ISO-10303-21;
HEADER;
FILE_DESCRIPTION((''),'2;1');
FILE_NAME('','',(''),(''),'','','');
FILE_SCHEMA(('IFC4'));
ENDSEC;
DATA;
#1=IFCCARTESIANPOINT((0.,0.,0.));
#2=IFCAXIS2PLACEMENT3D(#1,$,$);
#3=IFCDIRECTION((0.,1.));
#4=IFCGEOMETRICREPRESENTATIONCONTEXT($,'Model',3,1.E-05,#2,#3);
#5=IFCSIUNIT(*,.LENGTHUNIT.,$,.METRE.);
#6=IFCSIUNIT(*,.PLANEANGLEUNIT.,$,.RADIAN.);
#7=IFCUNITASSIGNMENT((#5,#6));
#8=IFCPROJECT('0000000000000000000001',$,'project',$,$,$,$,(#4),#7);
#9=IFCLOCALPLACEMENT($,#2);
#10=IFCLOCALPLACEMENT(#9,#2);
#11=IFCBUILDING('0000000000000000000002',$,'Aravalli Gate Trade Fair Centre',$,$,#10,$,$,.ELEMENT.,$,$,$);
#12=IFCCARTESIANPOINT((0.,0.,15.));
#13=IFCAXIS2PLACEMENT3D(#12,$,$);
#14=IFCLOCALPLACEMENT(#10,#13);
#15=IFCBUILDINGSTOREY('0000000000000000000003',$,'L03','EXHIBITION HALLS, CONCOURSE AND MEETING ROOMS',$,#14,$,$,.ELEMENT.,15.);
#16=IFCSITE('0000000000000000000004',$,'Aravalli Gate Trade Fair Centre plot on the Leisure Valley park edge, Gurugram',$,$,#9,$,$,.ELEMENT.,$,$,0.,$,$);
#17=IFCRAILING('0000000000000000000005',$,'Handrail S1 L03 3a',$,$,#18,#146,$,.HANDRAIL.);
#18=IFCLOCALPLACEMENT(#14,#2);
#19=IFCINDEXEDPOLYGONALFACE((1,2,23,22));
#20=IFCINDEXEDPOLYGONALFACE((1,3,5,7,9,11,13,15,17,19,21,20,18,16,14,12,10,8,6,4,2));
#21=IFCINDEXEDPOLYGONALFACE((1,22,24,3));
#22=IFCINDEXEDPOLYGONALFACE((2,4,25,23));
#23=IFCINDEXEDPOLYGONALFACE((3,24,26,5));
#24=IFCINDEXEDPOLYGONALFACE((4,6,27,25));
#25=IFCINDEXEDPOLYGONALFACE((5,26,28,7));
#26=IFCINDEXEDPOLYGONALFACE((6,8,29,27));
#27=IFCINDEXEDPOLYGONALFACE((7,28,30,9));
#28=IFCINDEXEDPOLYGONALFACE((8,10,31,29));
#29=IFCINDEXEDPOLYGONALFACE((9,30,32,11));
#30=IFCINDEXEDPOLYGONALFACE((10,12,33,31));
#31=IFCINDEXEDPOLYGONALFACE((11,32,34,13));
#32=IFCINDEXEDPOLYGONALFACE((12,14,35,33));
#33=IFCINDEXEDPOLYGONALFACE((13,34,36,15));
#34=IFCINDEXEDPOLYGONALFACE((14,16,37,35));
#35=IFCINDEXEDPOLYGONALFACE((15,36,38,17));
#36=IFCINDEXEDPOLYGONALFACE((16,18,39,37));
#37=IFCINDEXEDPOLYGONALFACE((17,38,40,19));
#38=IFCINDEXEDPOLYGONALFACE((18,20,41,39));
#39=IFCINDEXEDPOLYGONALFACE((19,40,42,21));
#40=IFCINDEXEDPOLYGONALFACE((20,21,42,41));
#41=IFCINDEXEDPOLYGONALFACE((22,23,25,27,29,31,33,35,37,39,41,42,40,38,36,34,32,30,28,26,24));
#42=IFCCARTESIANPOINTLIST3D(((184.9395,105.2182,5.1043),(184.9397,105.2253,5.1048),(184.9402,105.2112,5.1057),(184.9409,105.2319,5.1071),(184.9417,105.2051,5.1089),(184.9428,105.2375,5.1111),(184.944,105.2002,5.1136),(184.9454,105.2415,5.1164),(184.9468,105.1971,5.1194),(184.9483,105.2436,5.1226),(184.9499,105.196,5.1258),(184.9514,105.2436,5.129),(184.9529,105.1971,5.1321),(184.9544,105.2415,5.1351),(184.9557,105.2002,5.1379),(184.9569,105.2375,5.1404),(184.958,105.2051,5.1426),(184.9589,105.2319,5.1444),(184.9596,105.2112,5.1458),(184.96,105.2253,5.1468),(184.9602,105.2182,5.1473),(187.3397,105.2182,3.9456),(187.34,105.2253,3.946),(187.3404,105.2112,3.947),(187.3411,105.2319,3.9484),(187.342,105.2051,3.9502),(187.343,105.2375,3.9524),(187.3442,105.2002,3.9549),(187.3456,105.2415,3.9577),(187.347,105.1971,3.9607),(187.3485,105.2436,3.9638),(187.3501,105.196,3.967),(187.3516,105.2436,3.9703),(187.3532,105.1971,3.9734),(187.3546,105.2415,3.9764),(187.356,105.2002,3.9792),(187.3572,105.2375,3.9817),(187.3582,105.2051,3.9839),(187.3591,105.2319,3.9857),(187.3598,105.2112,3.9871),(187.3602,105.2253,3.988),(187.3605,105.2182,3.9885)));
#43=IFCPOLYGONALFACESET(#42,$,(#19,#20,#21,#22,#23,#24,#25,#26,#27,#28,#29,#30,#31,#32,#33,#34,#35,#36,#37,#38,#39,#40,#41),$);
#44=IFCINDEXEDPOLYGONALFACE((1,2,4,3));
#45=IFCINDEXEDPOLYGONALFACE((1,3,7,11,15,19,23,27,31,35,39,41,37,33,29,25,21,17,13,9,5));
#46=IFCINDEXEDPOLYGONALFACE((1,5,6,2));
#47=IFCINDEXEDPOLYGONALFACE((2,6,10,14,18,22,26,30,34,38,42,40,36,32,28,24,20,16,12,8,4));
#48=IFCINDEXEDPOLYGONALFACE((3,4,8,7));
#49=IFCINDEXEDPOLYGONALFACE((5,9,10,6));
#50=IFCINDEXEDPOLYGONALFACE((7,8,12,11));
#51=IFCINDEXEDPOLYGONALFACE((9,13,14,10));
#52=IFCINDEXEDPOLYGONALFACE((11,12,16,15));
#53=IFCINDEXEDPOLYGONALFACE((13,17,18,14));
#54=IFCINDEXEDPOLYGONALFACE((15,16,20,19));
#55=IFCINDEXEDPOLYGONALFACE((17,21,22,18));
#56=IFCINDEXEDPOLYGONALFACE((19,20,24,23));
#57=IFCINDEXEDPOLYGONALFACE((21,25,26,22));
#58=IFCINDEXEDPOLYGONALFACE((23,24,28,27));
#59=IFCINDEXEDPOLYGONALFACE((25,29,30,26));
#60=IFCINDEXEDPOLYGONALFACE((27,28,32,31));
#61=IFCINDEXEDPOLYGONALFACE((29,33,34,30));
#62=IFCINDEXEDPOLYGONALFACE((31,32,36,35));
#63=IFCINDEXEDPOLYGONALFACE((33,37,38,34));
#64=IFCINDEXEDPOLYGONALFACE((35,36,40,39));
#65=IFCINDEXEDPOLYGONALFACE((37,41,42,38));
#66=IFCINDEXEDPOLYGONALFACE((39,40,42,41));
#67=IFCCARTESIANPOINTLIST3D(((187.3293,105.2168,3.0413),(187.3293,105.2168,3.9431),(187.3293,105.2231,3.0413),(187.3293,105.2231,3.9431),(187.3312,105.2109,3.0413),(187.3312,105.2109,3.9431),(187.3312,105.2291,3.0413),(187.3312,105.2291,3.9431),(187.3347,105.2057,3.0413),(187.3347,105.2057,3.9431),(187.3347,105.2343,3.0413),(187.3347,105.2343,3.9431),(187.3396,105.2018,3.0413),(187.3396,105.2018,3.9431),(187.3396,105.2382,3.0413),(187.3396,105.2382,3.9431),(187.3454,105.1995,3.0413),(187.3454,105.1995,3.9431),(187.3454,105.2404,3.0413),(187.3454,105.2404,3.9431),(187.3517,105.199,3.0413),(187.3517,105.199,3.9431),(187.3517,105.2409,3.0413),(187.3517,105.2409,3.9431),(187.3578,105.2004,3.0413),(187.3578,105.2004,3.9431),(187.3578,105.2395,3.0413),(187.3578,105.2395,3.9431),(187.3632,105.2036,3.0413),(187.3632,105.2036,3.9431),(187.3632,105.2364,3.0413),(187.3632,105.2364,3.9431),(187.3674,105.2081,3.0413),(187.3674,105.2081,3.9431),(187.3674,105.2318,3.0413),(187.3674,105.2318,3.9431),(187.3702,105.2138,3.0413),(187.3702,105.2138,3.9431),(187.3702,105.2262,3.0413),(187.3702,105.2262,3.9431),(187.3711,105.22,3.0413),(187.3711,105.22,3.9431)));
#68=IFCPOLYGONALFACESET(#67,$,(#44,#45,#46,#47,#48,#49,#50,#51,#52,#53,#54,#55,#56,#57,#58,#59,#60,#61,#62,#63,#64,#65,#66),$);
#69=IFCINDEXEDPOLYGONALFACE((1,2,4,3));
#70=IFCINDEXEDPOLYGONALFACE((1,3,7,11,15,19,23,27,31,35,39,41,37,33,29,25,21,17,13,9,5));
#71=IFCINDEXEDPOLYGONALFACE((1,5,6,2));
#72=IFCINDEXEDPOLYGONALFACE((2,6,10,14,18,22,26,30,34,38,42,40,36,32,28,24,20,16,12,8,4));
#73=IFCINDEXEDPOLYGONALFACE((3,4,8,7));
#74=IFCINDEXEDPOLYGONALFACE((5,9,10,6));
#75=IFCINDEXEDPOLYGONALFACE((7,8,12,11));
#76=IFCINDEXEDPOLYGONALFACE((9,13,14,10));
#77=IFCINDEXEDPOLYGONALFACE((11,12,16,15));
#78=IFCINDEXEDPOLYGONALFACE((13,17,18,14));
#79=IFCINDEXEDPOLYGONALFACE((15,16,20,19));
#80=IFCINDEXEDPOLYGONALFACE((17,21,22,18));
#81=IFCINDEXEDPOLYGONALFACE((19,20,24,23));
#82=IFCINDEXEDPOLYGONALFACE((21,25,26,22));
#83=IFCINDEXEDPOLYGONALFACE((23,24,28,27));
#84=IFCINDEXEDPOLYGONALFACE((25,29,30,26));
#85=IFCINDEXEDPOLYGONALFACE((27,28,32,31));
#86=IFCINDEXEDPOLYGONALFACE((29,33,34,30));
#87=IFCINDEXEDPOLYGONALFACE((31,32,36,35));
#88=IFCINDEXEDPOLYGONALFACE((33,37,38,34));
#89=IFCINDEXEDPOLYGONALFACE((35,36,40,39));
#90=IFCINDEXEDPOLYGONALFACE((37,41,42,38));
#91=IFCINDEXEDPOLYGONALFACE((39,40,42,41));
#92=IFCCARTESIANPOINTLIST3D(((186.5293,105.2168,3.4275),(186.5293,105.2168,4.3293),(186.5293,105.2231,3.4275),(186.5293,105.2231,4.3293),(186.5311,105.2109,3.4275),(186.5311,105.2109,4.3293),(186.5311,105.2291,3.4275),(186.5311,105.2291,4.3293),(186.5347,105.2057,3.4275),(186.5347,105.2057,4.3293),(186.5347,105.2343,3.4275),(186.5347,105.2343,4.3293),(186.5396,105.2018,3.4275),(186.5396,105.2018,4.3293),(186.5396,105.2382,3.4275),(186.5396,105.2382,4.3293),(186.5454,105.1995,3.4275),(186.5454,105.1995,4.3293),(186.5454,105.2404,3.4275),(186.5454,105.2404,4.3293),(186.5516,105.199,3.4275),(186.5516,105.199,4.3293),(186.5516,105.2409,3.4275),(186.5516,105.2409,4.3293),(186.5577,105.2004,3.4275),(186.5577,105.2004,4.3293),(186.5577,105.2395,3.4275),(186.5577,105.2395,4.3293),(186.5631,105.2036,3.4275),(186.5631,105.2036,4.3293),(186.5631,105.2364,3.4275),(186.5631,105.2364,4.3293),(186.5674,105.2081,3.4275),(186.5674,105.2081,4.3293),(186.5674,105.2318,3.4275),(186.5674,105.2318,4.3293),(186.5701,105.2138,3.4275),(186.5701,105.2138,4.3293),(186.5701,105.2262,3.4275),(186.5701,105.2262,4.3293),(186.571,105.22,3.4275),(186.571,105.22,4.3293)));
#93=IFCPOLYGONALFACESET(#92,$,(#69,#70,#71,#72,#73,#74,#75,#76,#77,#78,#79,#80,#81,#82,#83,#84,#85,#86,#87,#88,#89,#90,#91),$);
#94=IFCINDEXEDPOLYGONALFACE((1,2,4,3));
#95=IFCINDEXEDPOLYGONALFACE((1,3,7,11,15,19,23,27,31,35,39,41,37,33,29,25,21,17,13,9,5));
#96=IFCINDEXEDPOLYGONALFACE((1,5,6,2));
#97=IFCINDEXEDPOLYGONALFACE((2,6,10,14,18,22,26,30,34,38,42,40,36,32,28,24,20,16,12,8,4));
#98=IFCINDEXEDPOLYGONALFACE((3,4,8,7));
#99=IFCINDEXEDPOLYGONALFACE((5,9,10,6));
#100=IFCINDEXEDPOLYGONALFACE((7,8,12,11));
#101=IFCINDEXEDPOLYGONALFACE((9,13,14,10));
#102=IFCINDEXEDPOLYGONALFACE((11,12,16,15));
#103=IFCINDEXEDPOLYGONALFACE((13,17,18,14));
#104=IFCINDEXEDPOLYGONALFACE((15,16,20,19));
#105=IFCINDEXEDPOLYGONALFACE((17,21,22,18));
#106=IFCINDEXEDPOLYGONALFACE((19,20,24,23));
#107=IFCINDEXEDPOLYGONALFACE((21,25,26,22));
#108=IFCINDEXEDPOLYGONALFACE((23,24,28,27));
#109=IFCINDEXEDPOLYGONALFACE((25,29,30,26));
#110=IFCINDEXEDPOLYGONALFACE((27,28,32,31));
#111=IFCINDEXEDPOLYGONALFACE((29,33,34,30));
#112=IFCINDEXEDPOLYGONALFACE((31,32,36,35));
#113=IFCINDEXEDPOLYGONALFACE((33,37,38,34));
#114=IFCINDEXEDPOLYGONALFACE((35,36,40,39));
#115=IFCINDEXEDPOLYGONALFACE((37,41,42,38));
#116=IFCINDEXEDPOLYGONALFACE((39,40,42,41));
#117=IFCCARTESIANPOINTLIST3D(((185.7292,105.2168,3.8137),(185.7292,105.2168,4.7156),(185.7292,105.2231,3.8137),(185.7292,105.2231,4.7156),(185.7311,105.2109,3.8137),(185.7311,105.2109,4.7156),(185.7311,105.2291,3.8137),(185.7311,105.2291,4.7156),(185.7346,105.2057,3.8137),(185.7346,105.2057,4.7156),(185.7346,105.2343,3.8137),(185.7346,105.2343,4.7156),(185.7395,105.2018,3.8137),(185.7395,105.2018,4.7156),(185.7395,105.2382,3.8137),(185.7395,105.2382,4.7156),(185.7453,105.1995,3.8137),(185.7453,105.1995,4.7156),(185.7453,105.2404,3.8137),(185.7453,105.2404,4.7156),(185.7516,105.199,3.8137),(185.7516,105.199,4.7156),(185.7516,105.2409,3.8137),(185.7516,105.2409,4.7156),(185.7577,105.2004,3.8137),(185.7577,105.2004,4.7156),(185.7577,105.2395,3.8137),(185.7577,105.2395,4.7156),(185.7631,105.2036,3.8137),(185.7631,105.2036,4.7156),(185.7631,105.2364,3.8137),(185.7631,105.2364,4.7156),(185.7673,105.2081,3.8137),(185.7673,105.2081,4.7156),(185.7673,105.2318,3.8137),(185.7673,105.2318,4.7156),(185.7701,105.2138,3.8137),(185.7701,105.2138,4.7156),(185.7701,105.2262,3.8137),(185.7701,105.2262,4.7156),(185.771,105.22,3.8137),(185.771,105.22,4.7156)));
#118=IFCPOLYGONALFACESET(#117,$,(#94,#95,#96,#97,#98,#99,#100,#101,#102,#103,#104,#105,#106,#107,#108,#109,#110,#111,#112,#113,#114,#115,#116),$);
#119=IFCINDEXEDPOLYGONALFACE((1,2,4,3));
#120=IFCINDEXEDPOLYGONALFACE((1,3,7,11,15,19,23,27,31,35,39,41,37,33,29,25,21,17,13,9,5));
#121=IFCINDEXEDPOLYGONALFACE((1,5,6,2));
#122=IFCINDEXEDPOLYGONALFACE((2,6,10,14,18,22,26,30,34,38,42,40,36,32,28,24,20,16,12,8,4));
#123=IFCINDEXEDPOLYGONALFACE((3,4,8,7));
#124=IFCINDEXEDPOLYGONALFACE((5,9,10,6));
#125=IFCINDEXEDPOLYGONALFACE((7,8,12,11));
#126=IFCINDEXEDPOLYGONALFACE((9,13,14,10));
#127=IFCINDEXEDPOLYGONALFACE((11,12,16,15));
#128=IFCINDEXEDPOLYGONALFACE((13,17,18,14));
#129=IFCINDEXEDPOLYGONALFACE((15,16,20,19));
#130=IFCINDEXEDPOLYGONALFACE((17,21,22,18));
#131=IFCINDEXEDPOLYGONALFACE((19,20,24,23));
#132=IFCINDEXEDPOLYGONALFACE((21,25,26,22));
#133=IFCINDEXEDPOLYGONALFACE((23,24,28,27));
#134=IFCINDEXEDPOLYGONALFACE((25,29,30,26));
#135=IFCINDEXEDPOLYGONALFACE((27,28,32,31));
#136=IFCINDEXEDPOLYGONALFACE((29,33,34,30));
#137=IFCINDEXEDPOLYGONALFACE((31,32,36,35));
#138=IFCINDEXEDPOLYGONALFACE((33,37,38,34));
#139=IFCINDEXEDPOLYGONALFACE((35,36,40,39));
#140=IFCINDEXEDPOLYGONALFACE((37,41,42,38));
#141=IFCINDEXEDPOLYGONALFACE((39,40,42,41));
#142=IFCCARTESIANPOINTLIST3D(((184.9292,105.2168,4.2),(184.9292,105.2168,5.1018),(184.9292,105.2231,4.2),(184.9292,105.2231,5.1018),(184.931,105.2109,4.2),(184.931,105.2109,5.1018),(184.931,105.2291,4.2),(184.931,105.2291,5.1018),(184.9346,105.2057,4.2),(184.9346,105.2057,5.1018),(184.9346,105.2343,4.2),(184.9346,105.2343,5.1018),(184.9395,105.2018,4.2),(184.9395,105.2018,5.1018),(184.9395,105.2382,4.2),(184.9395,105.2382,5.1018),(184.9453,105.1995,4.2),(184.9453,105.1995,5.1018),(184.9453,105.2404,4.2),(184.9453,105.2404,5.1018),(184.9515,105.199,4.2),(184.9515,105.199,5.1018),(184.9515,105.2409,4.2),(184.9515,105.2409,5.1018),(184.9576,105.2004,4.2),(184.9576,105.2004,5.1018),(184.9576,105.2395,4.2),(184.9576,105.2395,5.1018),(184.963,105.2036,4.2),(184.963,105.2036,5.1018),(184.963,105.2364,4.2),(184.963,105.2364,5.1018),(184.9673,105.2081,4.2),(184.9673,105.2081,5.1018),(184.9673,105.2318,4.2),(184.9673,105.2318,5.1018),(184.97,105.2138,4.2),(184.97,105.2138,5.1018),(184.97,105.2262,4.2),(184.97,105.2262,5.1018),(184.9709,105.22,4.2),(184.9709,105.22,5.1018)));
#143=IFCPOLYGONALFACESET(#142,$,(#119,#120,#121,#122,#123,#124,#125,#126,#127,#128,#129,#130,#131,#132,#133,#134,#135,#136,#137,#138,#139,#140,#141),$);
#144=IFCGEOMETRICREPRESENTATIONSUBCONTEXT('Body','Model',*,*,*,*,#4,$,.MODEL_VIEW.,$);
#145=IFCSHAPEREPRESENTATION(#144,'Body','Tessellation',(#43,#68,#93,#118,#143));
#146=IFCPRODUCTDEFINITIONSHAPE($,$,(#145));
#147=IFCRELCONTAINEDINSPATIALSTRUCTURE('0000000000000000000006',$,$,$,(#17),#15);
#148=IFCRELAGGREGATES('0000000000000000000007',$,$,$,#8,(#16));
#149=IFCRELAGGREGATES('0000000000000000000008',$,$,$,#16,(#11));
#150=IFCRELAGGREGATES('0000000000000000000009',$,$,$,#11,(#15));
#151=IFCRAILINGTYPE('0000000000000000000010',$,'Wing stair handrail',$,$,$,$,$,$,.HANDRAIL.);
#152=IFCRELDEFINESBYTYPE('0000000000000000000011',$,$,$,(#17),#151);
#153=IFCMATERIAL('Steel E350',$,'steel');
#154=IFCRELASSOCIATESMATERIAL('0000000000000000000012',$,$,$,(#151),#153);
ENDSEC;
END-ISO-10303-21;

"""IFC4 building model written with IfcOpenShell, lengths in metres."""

from ifc_helpers import new_model, si_unit, direction, frame, origin, origin_2d, place, context, subcontext, project, spatial, circle, extrude, material, type_object, element, save


model = new_model("IFC4")

# Units and contexts
model_context = context("Model", 3, precision=1e-05, world=origin(), true_north=direction((0.0, 1.0)))
body_context = subcontext(model_context, "Body", "Model", "MODEL_VIEW")
ifc_project = project(units=[si_unit("LENGTHUNIT", "METRE"), si_unit("PLANEANGLEUNIT", "RADIAN")], contexts=[model_context])

# Site, building, storey
site_placement = place(None, origin())
site = spatial("IfcSite", under=ifc_project, at=site_placement, Name="Aravalli Gate Trade Fair Centre plot on the Leisure Valley park edge, Gurugram", CompositionType="ELEMENT", RefElevation=0.0)
building_placement = place(site_placement, origin())
building = spatial("IfcBuilding", under=site, at=building_placement, Name="Aravalli Gate Trade Fair Centre", CompositionType="ELEMENT")
storey_placement = place(building_placement, frame((0.0, 0.0, 15.0)))
storey = spatial("IfcBuildingStorey", under=building, at=storey_placement, Name="L03", Description="EXHIBITION HALLS, CONCOURSE AND MEETING ROOMS", CompositionType="ELEMENT", Elevation=15.0)

# Railing
ifc_material_1 = material(Name="Steel E350", Category="steel")
railing_type_1 = type_object("IfcRailingType", Name="Wing stair handrail", PredefinedType="HANDRAIL", material=ifc_material_1)
for number, where, name in (
    (1, (187.3501, 105.22, 3.0413), "Handrail S1 L03 3a"),
):
    element("IfcRailing", number, at=place(storey_placement, frame(where)), inside=storey, type_object=railing_type_1, Name=name, PredefinedType="HANDRAIL", context=body_context, shape_type="SweptSolid", body=[
        extrude(circle(Radius=0.0239, at=origin_2d()), frame((0.0, 0.0, 0.9258), z_axis=(-0.900552, 0.0, 0.434749), x_axis=(0.0, -1.0, 0.0)), (0.0, 0.0, 1.0), 2.6653),
        extrude(circle(Radius=0.021, at=origin_2d()), origin(), (0.0, 0.0, 1.0), 0.9019),
        extrude(circle(Radius=0.021, at=origin_2d()), frame((-0.8, 0.0, 0.3862)), (0.0, 0.0, 1.0), 0.9019),
        extrude(circle(Radius=0.021, at=origin_2d()), frame((-1.6001, 0.0, 0.7725)), (0.0, 0.0, 1.0), 0.9019),
        extrude(circle(Radius=0.021, at=origin_2d()), frame((-2.4001, 0.0, 1.1587)), (0.0, 0.0, 1.0), 0.9019),
    ])

save(model, "model.ifc")
